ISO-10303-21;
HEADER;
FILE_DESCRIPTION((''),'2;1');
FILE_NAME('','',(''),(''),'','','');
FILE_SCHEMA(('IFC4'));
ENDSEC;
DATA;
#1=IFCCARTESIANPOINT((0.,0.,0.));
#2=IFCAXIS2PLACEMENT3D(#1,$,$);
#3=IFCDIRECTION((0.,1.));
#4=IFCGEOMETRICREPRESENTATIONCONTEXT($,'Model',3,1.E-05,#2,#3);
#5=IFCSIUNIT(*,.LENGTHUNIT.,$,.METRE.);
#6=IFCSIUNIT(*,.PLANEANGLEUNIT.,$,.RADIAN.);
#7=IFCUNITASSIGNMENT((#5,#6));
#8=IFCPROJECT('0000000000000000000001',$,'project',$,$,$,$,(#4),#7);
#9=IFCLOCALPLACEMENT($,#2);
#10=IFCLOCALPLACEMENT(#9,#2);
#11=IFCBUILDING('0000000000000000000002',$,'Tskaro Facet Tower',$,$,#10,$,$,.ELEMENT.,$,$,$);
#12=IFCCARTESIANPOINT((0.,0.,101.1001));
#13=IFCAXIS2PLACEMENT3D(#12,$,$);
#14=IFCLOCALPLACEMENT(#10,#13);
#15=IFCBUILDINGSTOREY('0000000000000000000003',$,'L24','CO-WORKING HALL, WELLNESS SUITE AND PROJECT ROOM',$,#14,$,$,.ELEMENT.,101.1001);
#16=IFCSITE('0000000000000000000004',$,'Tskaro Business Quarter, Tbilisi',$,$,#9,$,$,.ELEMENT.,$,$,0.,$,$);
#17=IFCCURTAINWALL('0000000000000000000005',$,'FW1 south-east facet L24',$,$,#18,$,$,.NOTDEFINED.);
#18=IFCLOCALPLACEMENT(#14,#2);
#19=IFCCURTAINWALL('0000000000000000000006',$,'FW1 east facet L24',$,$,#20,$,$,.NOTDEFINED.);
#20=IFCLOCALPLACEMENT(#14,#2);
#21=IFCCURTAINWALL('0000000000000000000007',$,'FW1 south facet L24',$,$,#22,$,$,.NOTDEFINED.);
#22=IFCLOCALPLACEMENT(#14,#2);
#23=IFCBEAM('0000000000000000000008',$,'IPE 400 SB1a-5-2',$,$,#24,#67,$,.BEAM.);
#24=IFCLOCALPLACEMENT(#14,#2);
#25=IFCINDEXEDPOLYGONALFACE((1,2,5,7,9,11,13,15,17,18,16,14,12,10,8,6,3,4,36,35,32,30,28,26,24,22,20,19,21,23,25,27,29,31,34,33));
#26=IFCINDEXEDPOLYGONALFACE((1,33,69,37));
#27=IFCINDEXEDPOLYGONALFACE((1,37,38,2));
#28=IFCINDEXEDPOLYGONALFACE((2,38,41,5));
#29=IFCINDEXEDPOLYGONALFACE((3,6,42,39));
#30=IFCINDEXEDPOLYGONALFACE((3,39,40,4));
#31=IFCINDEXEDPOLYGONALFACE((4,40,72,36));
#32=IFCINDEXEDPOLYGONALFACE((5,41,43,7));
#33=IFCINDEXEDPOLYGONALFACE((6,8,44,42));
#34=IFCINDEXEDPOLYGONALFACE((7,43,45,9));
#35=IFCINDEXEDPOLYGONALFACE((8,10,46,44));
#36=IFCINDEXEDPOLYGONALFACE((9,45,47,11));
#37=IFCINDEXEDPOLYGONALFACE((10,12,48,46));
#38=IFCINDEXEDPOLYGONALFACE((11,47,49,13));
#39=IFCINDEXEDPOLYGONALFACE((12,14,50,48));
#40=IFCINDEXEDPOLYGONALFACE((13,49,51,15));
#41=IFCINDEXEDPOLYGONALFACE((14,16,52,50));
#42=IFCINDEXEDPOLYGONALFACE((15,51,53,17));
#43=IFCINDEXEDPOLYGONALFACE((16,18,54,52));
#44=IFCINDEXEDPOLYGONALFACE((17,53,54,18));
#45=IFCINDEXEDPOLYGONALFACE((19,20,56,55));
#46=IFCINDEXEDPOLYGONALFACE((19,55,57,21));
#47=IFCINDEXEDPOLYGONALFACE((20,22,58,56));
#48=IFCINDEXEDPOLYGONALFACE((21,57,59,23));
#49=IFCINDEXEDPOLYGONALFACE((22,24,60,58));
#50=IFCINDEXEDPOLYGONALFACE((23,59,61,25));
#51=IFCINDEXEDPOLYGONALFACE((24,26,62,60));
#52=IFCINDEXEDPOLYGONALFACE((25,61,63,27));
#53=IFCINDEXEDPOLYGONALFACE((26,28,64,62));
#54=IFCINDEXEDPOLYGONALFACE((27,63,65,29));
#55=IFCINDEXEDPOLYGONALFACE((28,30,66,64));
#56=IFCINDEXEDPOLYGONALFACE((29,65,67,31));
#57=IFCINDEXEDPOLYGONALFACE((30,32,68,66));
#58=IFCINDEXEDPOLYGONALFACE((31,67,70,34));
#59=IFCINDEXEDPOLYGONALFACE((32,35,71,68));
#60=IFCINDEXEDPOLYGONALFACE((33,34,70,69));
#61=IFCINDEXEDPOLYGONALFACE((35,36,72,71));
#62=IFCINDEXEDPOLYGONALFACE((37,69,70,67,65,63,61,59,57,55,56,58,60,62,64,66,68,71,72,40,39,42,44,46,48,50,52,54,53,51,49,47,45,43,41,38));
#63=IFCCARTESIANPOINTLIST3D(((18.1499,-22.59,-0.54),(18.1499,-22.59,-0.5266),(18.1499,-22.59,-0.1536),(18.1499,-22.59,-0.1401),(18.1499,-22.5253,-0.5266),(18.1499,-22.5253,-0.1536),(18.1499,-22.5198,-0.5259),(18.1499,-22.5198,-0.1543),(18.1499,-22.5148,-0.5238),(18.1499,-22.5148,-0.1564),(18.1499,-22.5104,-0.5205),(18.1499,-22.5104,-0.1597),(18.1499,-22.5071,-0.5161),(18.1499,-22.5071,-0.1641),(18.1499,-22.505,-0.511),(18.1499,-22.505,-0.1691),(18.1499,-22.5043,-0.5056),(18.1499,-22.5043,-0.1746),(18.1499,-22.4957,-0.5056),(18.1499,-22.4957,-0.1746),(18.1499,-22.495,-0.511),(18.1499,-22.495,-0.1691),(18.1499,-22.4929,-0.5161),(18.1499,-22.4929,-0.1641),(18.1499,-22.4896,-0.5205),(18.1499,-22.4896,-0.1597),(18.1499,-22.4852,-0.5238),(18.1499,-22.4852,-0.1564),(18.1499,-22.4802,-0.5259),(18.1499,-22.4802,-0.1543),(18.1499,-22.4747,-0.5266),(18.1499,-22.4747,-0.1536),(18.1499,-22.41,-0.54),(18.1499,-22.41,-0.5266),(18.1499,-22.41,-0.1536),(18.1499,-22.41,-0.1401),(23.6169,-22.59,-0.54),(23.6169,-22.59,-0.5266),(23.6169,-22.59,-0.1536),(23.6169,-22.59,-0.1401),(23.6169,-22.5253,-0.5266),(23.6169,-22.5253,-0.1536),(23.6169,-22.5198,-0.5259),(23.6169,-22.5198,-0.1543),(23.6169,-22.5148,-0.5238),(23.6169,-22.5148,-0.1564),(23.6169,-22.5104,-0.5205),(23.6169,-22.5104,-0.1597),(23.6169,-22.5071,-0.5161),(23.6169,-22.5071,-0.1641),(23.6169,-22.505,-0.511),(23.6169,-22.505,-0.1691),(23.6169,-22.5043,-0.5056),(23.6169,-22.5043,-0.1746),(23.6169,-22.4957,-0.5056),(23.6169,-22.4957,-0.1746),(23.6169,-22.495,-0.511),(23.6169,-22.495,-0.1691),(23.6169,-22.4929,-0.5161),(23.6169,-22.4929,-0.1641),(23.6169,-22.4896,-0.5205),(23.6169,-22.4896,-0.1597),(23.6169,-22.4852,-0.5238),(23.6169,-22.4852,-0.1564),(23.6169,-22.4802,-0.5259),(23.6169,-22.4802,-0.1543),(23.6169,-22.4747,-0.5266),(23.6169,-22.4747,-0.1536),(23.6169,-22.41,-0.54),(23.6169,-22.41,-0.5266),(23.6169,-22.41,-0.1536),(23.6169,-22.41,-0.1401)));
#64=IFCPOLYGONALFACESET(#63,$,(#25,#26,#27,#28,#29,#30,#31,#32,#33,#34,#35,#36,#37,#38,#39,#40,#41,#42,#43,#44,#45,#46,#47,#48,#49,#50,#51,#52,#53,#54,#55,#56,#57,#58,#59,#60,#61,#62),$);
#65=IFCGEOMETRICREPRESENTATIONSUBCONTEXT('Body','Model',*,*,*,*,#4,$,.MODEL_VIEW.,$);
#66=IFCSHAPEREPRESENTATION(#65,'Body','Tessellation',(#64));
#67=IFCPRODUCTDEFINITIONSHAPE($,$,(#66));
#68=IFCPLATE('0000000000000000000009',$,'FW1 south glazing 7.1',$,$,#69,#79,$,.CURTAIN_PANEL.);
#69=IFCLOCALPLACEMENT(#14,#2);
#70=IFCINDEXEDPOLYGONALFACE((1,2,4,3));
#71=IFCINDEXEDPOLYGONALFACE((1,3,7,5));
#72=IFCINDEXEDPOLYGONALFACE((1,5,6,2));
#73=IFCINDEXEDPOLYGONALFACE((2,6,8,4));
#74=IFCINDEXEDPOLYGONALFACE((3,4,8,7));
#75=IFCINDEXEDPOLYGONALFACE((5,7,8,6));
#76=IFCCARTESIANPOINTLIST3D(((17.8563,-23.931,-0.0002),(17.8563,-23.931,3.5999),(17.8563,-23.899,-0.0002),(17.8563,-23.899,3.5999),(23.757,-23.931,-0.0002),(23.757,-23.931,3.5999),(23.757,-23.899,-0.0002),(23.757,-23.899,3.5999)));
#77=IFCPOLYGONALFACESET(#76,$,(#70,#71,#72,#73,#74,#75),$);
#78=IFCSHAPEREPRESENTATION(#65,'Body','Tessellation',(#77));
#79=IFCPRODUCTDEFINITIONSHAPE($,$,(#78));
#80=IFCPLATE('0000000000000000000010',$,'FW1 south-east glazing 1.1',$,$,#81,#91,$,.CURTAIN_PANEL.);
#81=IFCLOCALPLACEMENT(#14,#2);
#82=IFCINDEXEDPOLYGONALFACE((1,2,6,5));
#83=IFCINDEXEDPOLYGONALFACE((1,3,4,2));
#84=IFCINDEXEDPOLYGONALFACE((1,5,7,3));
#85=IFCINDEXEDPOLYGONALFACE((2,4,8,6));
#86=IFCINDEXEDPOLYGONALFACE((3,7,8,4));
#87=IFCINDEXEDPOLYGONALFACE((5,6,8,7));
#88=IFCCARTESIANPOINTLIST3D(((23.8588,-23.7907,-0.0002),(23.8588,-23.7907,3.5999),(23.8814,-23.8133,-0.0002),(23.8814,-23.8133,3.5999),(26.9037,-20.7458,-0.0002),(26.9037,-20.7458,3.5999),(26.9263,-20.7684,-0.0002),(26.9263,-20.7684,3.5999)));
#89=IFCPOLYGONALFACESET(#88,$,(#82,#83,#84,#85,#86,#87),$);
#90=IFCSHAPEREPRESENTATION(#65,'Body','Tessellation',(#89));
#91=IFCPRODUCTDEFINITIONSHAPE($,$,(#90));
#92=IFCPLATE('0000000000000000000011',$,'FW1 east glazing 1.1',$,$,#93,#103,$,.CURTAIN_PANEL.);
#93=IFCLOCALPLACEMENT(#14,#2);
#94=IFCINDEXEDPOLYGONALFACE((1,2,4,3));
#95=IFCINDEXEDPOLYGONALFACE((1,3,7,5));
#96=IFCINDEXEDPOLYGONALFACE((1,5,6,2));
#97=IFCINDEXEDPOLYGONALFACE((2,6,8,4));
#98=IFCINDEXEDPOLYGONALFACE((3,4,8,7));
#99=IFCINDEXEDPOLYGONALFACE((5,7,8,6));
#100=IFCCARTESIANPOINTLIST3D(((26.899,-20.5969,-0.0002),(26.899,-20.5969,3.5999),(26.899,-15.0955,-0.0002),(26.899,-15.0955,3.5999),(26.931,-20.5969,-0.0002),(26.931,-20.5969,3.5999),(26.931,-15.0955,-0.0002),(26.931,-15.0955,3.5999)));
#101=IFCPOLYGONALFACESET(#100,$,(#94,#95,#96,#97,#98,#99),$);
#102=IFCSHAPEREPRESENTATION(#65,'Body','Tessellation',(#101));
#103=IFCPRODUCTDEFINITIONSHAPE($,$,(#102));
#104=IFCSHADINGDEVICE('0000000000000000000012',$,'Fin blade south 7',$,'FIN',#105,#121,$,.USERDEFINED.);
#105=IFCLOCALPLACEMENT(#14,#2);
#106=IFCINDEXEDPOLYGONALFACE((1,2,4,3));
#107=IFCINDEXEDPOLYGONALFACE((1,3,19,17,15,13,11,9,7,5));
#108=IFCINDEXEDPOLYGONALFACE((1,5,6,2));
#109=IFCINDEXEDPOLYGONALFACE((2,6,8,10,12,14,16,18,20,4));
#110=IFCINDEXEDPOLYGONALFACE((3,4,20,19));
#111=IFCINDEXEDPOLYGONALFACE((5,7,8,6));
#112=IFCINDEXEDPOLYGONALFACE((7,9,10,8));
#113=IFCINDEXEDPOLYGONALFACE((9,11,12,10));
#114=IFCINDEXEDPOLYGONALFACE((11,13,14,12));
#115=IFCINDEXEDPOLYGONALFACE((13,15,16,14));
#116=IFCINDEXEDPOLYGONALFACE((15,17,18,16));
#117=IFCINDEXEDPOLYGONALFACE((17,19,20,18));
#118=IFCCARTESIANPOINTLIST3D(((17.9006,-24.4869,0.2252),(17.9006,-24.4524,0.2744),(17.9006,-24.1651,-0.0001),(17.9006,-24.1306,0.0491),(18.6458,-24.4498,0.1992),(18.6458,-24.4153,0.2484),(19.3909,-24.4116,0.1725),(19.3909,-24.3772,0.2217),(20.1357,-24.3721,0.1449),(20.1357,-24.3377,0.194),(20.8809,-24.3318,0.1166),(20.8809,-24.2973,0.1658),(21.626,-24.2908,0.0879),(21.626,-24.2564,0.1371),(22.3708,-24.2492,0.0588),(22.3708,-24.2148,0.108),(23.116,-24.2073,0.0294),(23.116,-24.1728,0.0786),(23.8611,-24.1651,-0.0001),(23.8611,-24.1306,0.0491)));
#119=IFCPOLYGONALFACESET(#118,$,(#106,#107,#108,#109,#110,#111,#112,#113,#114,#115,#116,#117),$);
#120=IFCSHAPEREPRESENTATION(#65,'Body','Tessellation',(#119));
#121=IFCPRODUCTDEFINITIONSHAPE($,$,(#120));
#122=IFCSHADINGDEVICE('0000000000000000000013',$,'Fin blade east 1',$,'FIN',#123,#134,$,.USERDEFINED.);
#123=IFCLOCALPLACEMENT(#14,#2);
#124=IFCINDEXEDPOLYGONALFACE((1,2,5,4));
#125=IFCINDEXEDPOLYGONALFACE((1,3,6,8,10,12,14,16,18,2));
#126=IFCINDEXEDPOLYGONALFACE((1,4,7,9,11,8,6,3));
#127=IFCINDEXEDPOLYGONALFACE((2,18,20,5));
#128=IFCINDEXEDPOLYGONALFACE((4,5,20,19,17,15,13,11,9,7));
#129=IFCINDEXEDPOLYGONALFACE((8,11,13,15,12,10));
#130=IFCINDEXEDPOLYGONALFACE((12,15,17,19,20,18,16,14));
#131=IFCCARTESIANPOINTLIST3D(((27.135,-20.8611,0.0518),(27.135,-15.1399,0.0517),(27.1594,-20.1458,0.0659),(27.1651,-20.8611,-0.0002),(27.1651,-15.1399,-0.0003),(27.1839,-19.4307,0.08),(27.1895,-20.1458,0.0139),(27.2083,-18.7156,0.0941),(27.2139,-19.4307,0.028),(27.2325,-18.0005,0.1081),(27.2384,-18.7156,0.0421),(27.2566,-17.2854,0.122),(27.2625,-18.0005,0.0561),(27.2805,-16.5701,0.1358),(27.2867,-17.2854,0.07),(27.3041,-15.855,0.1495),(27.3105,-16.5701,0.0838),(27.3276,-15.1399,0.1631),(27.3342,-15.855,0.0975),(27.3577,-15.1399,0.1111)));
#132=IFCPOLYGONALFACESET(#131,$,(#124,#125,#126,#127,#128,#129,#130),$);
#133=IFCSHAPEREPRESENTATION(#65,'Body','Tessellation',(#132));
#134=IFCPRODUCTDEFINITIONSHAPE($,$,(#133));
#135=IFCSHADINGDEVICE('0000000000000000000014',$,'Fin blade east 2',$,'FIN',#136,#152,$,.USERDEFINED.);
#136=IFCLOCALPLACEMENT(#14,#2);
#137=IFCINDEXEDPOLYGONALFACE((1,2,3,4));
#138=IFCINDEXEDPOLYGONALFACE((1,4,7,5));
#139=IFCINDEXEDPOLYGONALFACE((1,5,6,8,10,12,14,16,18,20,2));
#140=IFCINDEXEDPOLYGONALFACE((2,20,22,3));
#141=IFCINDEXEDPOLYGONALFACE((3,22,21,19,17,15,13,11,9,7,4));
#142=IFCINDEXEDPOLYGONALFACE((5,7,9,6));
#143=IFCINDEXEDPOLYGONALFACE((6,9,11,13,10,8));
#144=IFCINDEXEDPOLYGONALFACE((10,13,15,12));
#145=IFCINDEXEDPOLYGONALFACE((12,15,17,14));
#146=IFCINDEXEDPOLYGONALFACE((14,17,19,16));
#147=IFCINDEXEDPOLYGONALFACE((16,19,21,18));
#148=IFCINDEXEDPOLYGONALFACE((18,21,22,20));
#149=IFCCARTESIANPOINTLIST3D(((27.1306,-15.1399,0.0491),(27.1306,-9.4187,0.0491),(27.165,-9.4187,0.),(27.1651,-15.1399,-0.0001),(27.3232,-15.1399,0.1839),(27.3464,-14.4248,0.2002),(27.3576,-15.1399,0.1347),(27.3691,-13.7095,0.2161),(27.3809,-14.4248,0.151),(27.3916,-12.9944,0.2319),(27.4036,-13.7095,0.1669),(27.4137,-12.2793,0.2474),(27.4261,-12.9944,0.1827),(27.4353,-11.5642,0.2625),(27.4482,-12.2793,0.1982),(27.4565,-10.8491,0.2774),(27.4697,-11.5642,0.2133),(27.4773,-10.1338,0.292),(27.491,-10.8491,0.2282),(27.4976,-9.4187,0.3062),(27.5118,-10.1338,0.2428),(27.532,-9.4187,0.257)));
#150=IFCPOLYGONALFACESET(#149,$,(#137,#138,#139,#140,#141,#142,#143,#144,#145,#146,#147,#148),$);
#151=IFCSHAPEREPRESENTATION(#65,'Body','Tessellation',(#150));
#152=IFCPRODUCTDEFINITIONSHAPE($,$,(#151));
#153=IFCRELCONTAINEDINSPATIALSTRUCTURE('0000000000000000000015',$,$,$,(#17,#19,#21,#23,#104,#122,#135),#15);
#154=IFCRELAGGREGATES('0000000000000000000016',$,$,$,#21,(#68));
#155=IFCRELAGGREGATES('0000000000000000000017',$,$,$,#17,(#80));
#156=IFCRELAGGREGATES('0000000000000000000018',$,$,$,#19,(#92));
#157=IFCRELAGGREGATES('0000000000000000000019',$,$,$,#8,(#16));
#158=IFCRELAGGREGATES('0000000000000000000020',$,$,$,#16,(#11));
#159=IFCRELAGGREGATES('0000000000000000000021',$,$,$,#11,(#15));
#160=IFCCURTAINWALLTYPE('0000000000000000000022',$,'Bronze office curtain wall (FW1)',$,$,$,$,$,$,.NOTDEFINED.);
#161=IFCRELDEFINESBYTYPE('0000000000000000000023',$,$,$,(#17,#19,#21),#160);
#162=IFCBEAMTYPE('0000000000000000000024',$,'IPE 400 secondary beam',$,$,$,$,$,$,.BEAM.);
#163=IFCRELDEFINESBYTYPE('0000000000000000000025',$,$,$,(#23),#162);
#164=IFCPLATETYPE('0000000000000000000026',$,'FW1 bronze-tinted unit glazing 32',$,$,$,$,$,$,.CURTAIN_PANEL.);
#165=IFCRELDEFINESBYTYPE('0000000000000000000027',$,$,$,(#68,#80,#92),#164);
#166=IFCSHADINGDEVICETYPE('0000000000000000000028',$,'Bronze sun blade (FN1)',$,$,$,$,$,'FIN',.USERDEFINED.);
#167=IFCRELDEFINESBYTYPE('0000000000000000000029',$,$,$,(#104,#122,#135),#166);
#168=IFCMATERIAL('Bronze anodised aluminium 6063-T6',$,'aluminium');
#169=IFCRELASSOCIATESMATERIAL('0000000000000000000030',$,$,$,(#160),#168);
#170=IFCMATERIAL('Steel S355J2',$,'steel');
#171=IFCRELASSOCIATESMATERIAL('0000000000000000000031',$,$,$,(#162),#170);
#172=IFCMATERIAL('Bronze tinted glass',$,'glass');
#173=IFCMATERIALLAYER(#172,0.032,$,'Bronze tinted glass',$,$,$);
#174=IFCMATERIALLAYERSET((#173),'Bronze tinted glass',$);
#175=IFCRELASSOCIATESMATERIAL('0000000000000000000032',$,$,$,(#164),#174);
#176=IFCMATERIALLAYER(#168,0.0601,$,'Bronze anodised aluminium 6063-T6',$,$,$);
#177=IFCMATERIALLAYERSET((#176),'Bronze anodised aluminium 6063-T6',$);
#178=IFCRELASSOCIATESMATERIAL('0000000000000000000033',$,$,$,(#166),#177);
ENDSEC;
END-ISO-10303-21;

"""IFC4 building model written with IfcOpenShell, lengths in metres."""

from ifc_helpers import new_model, si_unit, direction, frame, origin, origin_2d, place, context, subcontext, project, spatial, polyline, rectangle, i_section, outline, extrude, material, layer, layer_set, material_profile, profile_set, type_object, element, aggregate, save


model = new_model("IFC4")

# Units and contexts
model_context = context("Model", 3, precision=1e-05, world=origin(), true_north=direction((0.0, 1.0)))
body_context = subcontext(model_context, "Body", "Model", "MODEL_VIEW")
ifc_project = project(units=[si_unit("LENGTHUNIT", "METRE"), si_unit("PLANEANGLEUNIT", "RADIAN")], contexts=[model_context])

# Site, building, storey
site_placement = place(None, origin())
site = spatial("IfcSite", under=ifc_project, at=site_placement, Name="Tskaro Business Quarter, Tbilisi", CompositionType="ELEMENT", RefElevation=0.0)
building_placement = place(site_placement, origin())
building = spatial("IfcBuilding", under=site, at=building_placement, Name="Tskaro Facet Tower", CompositionType="ELEMENT")
storey_placement = place(building_placement, frame((0.0, 0.0, 101.1001)))
storey = spatial("IfcBuildingStorey", under=building, at=storey_placement, Name="L24", Description="CO-WORKING HALL, WELLNESS SUITE AND PROJECT ROOM", CompositionType="ELEMENT", Elevation=101.1001)

# Curtain walls
ifc_material_1 = material(Name="Bronze anodised aluminium 6063-T6", Category="aluminium")
curtain_wall_type = type_object("IfcCurtainWallType", Name="Bronze office curtain wall (FW1)", PredefinedType="NOTDEFINED", material=ifc_material_1)
curtain_wall_1_placement = place(storey_placement, origin())
curtain_wall_1 = element("IfcCurtainWall", 1, at=curtain_wall_1_placement, inside=storey, type_object=curtain_wall_type, Name="FW1 south-east facet L24", PredefinedType="NOTDEFINED")
curtain_wall_2_placement = place(storey_placement, origin())
curtain_wall_2 = element("IfcCurtainWall", 2, at=curtain_wall_2_placement, inside=storey, type_object=curtain_wall_type, Name="FW1 east facet L24", PredefinedType="NOTDEFINED")

# Curtain wall
curtain_wall_3_placement = place(storey_placement, origin())
curtain_wall_3 = element("IfcCurtainWall", 3, at=curtain_wall_3_placement, inside=storey, type_object=curtain_wall_type, Name="FW1 south facet L24", PredefinedType="NOTDEFINED")

# Beam
ifc_material_2 = material(Name="Steel S355J2", Category="steel")
ifc_material_profile_1 = material_profile(ifc_material_2, i_section(OverallWidth=0.1799, OverallDepth=0.3999, WebThickness=0.0085, FlangeThickness=0.0134, FilletRadius=0.021, at=origin_2d()), Name="IPE 400")
ifc_profile_set_1 = profile_set([ifc_material_profile_1], Name="Steel S355J2")
beam_type_1 = type_object("IfcBeamType", Name="IPE 400 secondary beam", PredefinedType="BEAM", material=ifc_profile_set_1)
beam_1_placement = place(storey_placement, frame((18.1499, -22.5, -0.3401), z_axis=(1.0, 0.0, 0.0), x_axis=(0.0, 1.0, 0.0)))
element("IfcBeam", 4, at=beam_1_placement, inside=storey, type_object=beam_type_1, Name="IPE 400 SB1a-5-2", PredefinedType="BEAM", context=body_context, shape_type="SweptSolid", body=[
    extrude(i_section(OverallWidth=0.1799, OverallDepth=0.3999, WebThickness=0.0085, FlangeThickness=0.0134, FilletRadius=0.021, at=origin_2d()), origin(), (0.0, 0.0, 1.0), 5.467),
])

# Plates
ifc_material_3 = material(Name="Bronze tinted glass", Category="glass")
ifc_layer_1 = layer(ifc_material_3, 0.032, Name="Bronze tinted glass")
ifc_layer_set_1 = layer_set([ifc_layer_1], Name="Bronze tinted glass")
plate_type = type_object("IfcPlateType", Name="FW1 bronze-tinted unit glazing 32", PredefinedType="CURTAIN_PANEL", material=ifc_layer_set_1)
plate_1_placement = place(storey_placement, frame((20.8066, -23.915, -0.0002), z_axis=(0.0, 0.0, 1.0), x_axis=(1.0, 0.0, 0.0)))
plate_1 = element("IfcPlate", 5, at=plate_1_placement, type_object=plate_type, Name="FW1 south glazing 7.1", PredefinedType="CURTAIN_PANEL", context=body_context, shape_type="SweptSolid", body=[
    extrude(rectangle(XDim=5.9006, YDim=0.032, at=origin_2d()), origin(), (0.0, 0.0, 1.0), 3.6001),
])
aggregate(curtain_wall_3, [plate_1])
plate_2_placement = place(storey_placement, frame((25.3926, -22.2795, -0.0002), z_axis=(0.0, 0.0, 1.0), x_axis=(0.707107, 0.707107, 0.0)))
plate_2 = element("IfcPlate", 6, at=plate_2_placement, type_object=plate_type, Name="FW1 south-east glazing 1.1", PredefinedType="CURTAIN_PANEL", context=body_context, shape_type="SweptSolid", body=[
    extrude(rectangle(XDim=4.3062, YDim=0.032, at=origin_2d()), origin(), (0.0, 0.0, 1.0), 3.6001),
])
aggregate(curtain_wall_1, [plate_2])
plate_3_placement = place(storey_placement, frame((26.915, -17.8462, -0.0002), z_axis=(0.0, 0.0, 1.0), x_axis=(0.0, 1.0, 0.0)))
plate_3 = element("IfcPlate", 7, at=plate_3_placement, type_object=plate_type, Name="FW1 east glazing 1.1", PredefinedType="CURTAIN_PANEL", context=body_context, shape_type="SweptSolid", body=[
    extrude(rectangle(XDim=5.5015, YDim=0.032, at=origin_2d()), origin(), (0.0, 0.0, 1.0), 3.6001),
])
aggregate(curtain_wall_2, [plate_3])

# Shading devices
ifc_layer_2 = layer(ifc_material_1, 0.0601, Name="Bronze anodised aluminium 6063-T6")
ifc_layer_set_2 = layer_set([ifc_layer_2], Name="Bronze anodised aluminium 6063-T6")
shading_device_type = type_object("IfcShadingDeviceType", Name="Bronze sun blade (FN1)", ElementType="FIN", PredefinedType="USERDEFINED", material=ifc_layer_set_2)
shading_device_1_placement = place(storey_placement, frame((17.9006, -24.1306, 0.0491), z_axis=(0.000004, 0.573585, 0.819146), x_axis=(1.0, -0.000002, -0.000003)))
element("IfcShadingDevice", 8, at=shading_device_1_placement, inside=storey, type_object=shading_device_type, Name="Fin blade south 7", ObjectType="FIN", PredefinedType="USERDEFINED", context=body_context, shape_type="SweptSolid", body=[
    extrude(outline(polyline([(0.0, 0.0), (5.9604, 0.0), (5.2153, -0.0515), (4.4702, -0.1027), (3.7253, -0.1535), (2.9802, -0.2035), (2.2351, -0.2528), (1.4902, -0.301), (0.7451, -0.3476), (0.0, -0.3928), (0.0, 0.0)])), origin(), (0.0, 0.0, -1.0), 0.0601),
])
shading_device_2_placement = place(storey_placement, frame((27.135, -20.8611, 0.0518), z_axis=(-0.500559, 0.000008, 0.865703), x_axis=(0.000004, 1.0, -0.000007)))
element("IfcShadingDevice", 9, at=shading_device_2_placement, inside=storey, type_object=shading_device_type, Name="Fin blade east 1", ObjectType="FIN", PredefinedType="USERDEFINED", context=body_context, shape_type="SweptSolid", body=[
    extrude(outline(polyline([(0.0, 0.0), (5.7212, 0.0), (5.7212, -0.2225), (5.0061, -0.1954), (4.291, -0.168), (3.5757, -0.1404), (2.8606, -0.1126), (2.1455, -0.0847), (1.4304, -0.0564), (0.7153, -0.0282), (0.0, 0.0)])), origin(), (0.0, 0.0, -1.0), 0.0601),
])
shading_device_3_placement = place(storey_placement, frame((27.1306, -15.1399, 0.0491), z_axis=(-0.573653, -0.000016, 0.819099), x_axis=(-0.000009, 1.0, 0.000013)))
element("IfcShadingDevice", 10, at=shading_device_3_placement, inside=storey, type_object=shading_device_type, Name="Fin blade east 2", ObjectType="FIN", PredefinedType="USERDEFINED", context=body_context, shape_type="SweptSolid", body=[
    extrude(outline(polyline([(0.0, 0.0), (5.7212, 0.0), (5.7212, -0.448), (5.0061, -0.4233), (4.2908, -0.3979), (3.5757, -0.372), (2.8606, -0.3457), (2.1455, -0.3187), (1.4304, -0.2912), (0.7151, -0.2635), (0.0, -0.2351), (0.0, 0.0)])), origin(), (0.0, 0.0, -1.0), 0.0601),
])

save(model, "model.ifc")
